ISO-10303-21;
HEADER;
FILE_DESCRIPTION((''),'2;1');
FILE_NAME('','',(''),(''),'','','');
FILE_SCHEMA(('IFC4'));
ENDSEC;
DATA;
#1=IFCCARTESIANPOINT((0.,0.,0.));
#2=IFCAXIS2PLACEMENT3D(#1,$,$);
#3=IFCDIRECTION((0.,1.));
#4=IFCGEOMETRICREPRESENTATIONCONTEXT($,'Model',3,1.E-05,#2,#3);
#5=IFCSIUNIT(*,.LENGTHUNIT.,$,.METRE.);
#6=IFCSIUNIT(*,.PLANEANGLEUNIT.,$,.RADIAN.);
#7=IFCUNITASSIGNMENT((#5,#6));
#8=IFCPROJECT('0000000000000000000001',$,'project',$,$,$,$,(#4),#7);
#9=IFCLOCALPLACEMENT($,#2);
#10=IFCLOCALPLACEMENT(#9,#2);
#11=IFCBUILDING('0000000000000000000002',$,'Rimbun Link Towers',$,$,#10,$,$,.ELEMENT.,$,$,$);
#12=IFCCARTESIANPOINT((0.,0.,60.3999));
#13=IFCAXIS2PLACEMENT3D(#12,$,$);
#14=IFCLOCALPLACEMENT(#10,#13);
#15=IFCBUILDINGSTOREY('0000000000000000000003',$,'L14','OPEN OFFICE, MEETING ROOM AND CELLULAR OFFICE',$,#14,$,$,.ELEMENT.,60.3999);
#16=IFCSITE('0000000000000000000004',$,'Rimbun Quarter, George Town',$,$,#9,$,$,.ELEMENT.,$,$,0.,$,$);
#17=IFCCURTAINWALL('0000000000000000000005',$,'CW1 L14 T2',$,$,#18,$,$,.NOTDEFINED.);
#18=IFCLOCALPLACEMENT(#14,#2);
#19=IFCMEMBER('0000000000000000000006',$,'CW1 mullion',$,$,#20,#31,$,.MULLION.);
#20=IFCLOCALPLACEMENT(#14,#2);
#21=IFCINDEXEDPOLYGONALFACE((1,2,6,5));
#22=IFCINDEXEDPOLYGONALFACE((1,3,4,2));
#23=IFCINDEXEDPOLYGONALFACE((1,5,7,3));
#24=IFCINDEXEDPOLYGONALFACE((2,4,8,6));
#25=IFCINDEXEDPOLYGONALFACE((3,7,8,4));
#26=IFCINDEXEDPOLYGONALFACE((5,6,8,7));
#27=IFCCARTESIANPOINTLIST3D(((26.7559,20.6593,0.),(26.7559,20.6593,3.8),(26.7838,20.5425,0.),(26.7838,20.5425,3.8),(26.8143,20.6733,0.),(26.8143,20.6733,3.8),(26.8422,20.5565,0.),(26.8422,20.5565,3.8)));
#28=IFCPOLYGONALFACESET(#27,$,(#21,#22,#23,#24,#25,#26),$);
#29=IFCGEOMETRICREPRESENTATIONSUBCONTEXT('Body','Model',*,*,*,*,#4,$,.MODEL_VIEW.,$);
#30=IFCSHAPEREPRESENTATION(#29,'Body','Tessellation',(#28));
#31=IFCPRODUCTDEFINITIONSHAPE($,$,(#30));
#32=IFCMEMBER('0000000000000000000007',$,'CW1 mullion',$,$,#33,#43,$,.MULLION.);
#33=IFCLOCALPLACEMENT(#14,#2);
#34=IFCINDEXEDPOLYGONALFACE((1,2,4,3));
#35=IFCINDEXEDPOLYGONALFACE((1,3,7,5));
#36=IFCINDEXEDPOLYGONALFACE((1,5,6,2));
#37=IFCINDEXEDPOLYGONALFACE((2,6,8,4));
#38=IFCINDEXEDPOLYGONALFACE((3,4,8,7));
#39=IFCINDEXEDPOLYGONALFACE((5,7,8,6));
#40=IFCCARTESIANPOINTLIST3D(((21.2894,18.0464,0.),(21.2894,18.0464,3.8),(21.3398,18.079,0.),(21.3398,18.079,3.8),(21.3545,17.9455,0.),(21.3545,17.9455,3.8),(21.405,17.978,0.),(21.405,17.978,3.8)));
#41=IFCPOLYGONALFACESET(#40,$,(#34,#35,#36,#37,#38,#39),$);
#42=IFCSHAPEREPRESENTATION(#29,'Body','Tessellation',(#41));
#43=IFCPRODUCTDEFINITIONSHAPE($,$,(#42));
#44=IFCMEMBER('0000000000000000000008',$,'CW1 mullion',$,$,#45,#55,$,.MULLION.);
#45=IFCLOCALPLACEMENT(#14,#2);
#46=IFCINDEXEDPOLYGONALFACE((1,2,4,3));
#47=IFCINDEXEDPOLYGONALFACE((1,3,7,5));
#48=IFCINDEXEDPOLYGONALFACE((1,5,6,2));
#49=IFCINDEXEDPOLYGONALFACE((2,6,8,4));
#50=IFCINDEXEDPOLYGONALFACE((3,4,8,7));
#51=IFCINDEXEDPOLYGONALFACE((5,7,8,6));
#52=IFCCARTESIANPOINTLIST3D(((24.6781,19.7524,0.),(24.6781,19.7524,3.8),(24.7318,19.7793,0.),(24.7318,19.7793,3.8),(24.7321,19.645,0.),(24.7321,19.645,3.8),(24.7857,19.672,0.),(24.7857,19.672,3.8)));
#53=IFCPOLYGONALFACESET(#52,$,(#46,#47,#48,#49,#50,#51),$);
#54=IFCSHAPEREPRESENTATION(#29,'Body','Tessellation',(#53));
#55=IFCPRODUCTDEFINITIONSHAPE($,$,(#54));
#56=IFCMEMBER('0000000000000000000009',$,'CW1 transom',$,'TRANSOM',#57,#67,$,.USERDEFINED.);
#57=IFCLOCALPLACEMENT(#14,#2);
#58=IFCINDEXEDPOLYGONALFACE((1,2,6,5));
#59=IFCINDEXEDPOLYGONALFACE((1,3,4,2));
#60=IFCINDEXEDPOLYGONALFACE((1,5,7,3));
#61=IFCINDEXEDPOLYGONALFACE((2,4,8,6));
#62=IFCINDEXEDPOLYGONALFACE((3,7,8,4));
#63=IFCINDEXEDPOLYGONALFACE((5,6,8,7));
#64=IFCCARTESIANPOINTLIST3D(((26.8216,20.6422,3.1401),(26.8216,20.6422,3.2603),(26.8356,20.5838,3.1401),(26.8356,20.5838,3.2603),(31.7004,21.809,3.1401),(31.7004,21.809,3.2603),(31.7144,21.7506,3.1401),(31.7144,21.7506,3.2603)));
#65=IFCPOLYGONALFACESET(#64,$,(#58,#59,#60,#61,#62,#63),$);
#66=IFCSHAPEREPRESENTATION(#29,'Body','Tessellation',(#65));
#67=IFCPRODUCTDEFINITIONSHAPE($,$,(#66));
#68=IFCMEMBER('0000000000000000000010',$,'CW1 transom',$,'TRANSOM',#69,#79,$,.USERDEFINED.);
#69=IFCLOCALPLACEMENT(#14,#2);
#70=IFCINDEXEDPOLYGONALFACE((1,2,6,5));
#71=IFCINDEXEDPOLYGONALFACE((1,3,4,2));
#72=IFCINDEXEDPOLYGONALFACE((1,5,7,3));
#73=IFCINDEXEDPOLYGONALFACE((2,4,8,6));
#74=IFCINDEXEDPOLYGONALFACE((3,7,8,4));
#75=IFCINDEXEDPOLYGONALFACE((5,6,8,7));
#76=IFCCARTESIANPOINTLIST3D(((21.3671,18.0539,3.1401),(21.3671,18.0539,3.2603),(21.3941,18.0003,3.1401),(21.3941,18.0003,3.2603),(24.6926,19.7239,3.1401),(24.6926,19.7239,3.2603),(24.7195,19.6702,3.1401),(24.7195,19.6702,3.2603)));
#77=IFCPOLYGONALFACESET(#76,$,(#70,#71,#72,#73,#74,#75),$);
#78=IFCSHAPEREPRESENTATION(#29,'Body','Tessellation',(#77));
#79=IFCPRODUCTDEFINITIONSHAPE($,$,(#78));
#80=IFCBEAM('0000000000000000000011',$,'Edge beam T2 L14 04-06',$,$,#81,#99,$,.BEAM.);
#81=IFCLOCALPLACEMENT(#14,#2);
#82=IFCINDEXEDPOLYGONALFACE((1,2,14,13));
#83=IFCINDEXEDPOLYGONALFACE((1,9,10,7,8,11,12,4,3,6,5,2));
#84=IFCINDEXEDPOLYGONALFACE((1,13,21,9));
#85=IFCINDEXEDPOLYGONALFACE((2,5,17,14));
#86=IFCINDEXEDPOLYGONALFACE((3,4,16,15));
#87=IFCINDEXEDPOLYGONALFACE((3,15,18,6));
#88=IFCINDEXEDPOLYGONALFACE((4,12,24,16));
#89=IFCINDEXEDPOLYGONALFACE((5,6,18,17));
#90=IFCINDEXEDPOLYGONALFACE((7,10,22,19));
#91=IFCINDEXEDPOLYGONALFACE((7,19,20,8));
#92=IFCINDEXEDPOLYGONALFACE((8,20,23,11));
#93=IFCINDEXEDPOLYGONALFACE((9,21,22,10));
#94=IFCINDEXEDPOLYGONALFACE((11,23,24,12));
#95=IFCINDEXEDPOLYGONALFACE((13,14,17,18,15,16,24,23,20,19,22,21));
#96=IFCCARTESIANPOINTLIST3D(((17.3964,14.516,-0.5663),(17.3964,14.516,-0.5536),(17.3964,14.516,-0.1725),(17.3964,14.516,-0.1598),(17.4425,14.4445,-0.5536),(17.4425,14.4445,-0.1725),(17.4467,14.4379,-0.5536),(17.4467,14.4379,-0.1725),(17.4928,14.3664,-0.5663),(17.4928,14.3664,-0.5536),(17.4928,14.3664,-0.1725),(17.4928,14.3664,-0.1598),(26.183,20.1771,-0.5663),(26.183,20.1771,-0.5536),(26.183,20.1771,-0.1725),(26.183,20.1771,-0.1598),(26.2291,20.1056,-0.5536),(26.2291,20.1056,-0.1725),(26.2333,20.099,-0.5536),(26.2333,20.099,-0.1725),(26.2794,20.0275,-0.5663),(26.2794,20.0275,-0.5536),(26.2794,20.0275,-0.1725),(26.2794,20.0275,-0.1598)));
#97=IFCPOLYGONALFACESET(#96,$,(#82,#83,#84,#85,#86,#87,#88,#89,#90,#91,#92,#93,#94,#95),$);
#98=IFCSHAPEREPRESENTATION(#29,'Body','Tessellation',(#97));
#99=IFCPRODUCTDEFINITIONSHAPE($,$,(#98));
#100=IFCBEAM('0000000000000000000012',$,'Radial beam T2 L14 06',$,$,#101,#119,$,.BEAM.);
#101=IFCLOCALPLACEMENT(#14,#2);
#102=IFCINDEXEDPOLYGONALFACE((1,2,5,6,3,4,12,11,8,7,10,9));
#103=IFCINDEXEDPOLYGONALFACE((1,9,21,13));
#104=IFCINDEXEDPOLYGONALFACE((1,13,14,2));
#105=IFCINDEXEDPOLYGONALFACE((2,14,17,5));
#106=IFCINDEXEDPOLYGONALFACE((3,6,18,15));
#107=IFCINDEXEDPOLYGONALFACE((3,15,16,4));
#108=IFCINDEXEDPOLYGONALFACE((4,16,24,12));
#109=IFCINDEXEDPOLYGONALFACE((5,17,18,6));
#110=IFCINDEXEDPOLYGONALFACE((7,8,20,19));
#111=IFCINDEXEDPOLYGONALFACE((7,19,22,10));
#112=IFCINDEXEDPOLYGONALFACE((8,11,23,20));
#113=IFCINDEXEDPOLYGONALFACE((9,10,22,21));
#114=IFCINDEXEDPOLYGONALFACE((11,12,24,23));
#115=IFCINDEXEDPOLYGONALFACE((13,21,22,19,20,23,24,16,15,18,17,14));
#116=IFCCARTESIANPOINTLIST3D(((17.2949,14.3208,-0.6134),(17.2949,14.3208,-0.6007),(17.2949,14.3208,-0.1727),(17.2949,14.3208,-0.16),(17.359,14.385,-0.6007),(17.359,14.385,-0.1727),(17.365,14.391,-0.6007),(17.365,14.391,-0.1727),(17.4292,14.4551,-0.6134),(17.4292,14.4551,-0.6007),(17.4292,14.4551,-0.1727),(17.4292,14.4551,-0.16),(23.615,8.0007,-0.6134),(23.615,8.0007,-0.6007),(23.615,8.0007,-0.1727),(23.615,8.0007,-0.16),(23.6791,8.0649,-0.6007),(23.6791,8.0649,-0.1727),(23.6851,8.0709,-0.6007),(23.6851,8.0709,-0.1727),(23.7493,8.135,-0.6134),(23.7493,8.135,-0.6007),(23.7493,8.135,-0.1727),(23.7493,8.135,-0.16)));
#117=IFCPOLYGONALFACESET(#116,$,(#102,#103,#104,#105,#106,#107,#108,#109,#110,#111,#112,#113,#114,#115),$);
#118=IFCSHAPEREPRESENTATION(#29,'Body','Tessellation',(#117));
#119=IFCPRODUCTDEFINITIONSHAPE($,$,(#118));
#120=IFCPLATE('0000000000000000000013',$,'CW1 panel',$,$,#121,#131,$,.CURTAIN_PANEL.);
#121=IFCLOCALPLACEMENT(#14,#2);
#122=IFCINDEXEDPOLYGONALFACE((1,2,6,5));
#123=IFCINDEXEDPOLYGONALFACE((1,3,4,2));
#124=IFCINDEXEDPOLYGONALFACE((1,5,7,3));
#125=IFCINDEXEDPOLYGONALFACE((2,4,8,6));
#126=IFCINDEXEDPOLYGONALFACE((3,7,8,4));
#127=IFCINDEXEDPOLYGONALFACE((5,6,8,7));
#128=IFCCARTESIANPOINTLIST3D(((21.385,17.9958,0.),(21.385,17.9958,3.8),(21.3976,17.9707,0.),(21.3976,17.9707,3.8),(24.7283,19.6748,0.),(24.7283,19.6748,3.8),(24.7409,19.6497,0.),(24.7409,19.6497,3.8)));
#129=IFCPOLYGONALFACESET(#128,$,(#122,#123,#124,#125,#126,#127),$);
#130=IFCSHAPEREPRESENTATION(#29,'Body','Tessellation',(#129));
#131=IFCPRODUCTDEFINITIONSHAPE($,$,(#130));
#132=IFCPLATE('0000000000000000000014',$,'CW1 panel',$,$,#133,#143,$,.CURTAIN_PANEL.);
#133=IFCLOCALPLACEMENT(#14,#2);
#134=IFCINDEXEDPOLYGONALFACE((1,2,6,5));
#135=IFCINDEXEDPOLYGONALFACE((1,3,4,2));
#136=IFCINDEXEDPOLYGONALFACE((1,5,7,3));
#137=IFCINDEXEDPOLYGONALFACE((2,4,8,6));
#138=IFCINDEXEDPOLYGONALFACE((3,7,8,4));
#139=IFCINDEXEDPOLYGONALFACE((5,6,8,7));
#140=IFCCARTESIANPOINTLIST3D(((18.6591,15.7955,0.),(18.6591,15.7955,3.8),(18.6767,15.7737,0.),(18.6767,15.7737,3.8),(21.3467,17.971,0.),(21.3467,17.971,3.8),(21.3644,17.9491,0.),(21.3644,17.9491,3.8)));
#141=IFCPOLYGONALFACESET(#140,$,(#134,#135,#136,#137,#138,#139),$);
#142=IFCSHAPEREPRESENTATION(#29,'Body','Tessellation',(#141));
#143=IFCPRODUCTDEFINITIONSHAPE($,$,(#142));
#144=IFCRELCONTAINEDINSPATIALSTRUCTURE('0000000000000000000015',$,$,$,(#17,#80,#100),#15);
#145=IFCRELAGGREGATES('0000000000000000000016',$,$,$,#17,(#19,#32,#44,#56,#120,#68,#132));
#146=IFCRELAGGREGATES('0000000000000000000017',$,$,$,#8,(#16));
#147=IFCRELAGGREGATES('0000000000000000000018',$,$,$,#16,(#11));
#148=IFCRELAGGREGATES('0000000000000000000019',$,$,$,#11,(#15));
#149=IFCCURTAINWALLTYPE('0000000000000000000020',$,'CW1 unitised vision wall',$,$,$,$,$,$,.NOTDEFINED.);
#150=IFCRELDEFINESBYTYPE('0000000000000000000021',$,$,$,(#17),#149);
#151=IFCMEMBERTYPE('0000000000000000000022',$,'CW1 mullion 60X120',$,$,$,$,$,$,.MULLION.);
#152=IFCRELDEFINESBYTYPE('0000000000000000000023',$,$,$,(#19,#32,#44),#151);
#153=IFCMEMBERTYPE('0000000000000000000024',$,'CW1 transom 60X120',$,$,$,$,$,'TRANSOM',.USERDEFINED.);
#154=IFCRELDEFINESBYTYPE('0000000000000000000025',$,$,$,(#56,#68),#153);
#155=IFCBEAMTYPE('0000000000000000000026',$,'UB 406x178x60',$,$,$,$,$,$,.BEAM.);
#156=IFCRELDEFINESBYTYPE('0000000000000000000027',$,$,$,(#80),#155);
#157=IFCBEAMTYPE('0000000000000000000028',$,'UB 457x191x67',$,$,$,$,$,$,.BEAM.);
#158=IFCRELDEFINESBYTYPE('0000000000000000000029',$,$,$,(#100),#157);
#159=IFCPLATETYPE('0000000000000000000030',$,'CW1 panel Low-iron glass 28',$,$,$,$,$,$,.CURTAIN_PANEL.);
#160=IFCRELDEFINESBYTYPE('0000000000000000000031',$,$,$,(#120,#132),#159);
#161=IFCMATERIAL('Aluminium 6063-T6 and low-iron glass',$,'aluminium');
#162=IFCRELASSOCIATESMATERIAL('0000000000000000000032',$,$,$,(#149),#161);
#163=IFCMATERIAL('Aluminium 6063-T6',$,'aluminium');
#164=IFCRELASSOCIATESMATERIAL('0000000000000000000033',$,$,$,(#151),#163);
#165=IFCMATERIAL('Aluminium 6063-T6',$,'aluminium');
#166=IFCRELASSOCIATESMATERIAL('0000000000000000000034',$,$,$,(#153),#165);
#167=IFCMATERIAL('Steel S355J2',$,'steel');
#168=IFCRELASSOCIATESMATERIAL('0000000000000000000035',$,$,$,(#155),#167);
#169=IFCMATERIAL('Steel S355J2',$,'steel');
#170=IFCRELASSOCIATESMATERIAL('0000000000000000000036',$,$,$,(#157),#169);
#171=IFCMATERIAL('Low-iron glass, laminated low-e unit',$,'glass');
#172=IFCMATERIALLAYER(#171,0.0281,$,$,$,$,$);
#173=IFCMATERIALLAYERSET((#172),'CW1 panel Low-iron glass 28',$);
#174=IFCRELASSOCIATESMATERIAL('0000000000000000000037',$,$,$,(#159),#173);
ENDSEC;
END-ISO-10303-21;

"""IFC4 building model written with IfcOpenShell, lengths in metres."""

from ifc_helpers import new_model, si_unit, direction, frame, origin, origin_2d, place, context, subcontext, project, spatial, rectangle, i_section, extrude, material, layer, layer_set, material_profile, profile_set, type_object, element, aggregate, save


model = new_model("IFC4")

# Units and contexts
model_context = context("Model", 3, precision=1e-05, world=origin(), true_north=direction((0.0, 1.0)))
body_context = subcontext(model_context, "Body", "Model", "MODEL_VIEW")
ifc_project = project(units=[si_unit("LENGTHUNIT", "METRE"), si_unit("PLANEANGLEUNIT", "RADIAN")], contexts=[model_context])

# Site, building, storey
site_placement = place(None, origin())
site = spatial("IfcSite", under=ifc_project, at=site_placement, Name="Rimbun Quarter, George Town", CompositionType="ELEMENT", RefElevation=0.0)
building_placement = place(site_placement, origin())
building = spatial("IfcBuilding", under=site, at=building_placement, Name="Rimbun Link Towers", CompositionType="ELEMENT")
storey_placement = place(building_placement, frame((0.0, 0.0, 60.3999)))
storey = spatial("IfcBuildingStorey", under=building, at=storey_placement, Name="L14", Description="OPEN OFFICE, MEETING ROOM AND CELLULAR OFFICE", CompositionType="ELEMENT", Elevation=60.3999)

# Curtain wall, members
ifc_material_1 = material(Name="Aluminium 6063-T6 and low-iron glass", Category="aluminium")
curtain_wall_type = type_object("IfcCurtainWallType", Name="CW1 unitised vision wall", PredefinedType="NOTDEFINED", material=ifc_material_1)
curtain_wall_placement = place(storey_placement, origin())
curtain_wall = element("IfcCurtainWall", 1, at=curtain_wall_placement, inside=storey, type_object=curtain_wall_type, Name="CW1 L14 T2", PredefinedType="NOTDEFINED")
ifc_material_2 = material(Name="Aluminium 6063-T6", Category="aluminium")
ifc_material_profile_1 = material_profile(ifc_material_2, rectangle(XDim=0.1201, YDim=0.0601, at=origin_2d()), Name="MULLION 60X120")
ifc_profile_set_1 = profile_set([ifc_material_profile_1], Name="Aluminium 6063-T6")
member_type_1 = type_object("IfcMemberType", Name="CW1 mullion 60X120", PredefinedType="MULLION", material=ifc_profile_set_1)
member_1_placement = place(storey_placement, frame((26.7991, 20.6079, 0.0), z_axis=(0.0, 0.0, 1.0), x_axis=(-0.232603, 0.972572, 0.0)))
member_1 = element("IfcMember", 2, at=member_1_placement, type_object=member_type_1, Name="CW1 mullion", PredefinedType="MULLION", context=body_context, shape_type="SweptSolid", body=[
    extrude(rectangle(XDim=0.1201, YDim=0.0601, at=origin_2d()), origin(), (0.0, 0.0, 1.0), 3.8),
])
member_2_placement = place(storey_placement, frame((21.3472, 18.0122, 0.0), z_axis=(0.0, 0.0, 1.0), x_axis=(-0.542105, 0.840311, 0.0)))
member_2 = element("IfcMember", 3, at=member_2_placement, type_object=member_type_1, Name="CW1 mullion", PredefinedType="MULLION", context=body_context, shape_type="SweptSolid", body=[
    extrude(rectangle(XDim=0.1201, YDim=0.0601, at=origin_2d()), origin(), (0.0, 0.0, 1.0), 3.8),
])
member_3_placement = place(storey_placement, frame((24.7319, 19.7122, 0.0), z_axis=(0.0, 0.0, 1.0), x_axis=(-0.448789, 0.893638, 0.0)))
member_3 = element("IfcMember", 4, at=member_3_placement, type_object=member_type_1, Name="CW1 mullion", PredefinedType="MULLION", context=body_context, shape_type="SweptSolid", body=[
    extrude(rectangle(XDim=0.1201, YDim=0.0601, at=origin_2d()), origin(), (0.0, 0.0, 1.0), 3.8),
])
ifc_material_3 = material(Name="Aluminium 6063-T6", Category="aluminium")
ifc_material_profile_2 = material_profile(ifc_material_3, rectangle(XDim=0.0601, YDim=0.1201, at=origin_2d()), Name="TRANSOM 60X120")
ifc_profile_set_2 = profile_set([ifc_material_profile_2], Name="Aluminium 6063-T6")
member_type_2 = type_object("IfcMemberType", Name="CW1 transom 60X120", ElementType="TRANSOM", PredefinedType="USERDEFINED", material=ifc_profile_set_2)
member_4_placement = place(storey_placement, frame((26.8286, 20.613, 3.2002), z_axis=(0.972574, 0.232594, 0.0), x_axis=(-0.232594, 0.972574, 0.0)))
member_4 = element("IfcMember", 5, at=member_4_placement, type_object=member_type_2, Name="CW1 transom", ObjectType="TRANSOM", PredefinedType="USERDEFINED", context=body_context, shape_type="SweptSolid", body=[
    extrude(rectangle(XDim=0.0601, YDim=0.1201, at=origin_2d()), origin(), (0.0, 0.0, 1.0), 5.0164),
])
member_5_placement = place(storey_placement, frame((21.3806, 18.0271, 3.2002), z_axis=(0.893652, 0.448761, 0.0), x_axis=(-0.448761, 0.893652, 0.0)))
member_5 = element("IfcMember", 6, at=member_5_placement, type_object=member_type_2, Name="CW1 transom", ObjectType="TRANSOM", PredefinedType="USERDEFINED", context=body_context, shape_type="SweptSolid", body=[
    extrude(rectangle(XDim=0.0601, YDim=0.1201, at=origin_2d()), origin(), (0.0, 0.0, 1.0), 3.7212),
])

# Beams
ifc_material_4 = material(Name="Steel S355J2", Category="steel")
ifc_material_profile_3 = material_profile(ifc_material_4, i_section(OverallWidth=0.178, OverallDepth=0.4065, WebThickness=0.0078, FlangeThickness=0.0127, at=origin_2d()), Name="UB 406x178x60")
ifc_profile_set_3 = profile_set([ifc_material_profile_3], Name="Steel S355J2")
beam_type_1 = type_object("IfcBeamType", Name="UB 406x178x60", PredefinedType="BEAM", material=ifc_profile_set_3)
beam_1_placement = place(storey_placement, frame((26.2312, 20.1023, -0.363), z_axis=(-0.84063, -0.54161, 0.0), x_axis=(0.54161, -0.84063, 0.0)))
element("IfcBeam", 7, at=beam_1_placement, inside=storey, type_object=beam_type_1, Name="Edge beam T2 L14 04-06", PredefinedType="BEAM", context=body_context, shape_type="SweptSolid", body=[
    extrude(i_section(OverallWidth=0.178, OverallDepth=0.4065, WebThickness=0.0078, FlangeThickness=0.0127, at=origin_2d()), origin(), (0.0, 0.0, 1.0), 10.4524),
])
ifc_material_5 = material(Name="Steel S355J2", Category="steel")
ifc_material_profile_4 = material_profile(ifc_material_5, i_section(OverallWidth=0.1899, OverallDepth=0.4534, WebThickness=0.0085, FlangeThickness=0.0127, at=origin_2d()), Name="UB 457x191x67")
ifc_profile_set_4 = profile_set([ifc_material_profile_4], Name="Steel S355J2")
beam_type_2 = type_object("IfcBeamType", Name="UB 457x191x67", PredefinedType="BEAM", material=ifc_profile_set_4)
beam_2_placement = place(storey_placement, frame((23.6821, 8.0679, -0.3867), z_axis=(-0.707107, 0.707107, 0.0), x_axis=(-0.707107, -0.707107, 0.0)))
element("IfcBeam", 8, at=beam_2_placement, inside=storey, type_object=beam_type_2, Name="Radial beam T2 L14 06", PredefinedType="BEAM", context=body_context, shape_type="SweptSolid", body=[
    extrude(i_section(OverallWidth=0.1899, OverallDepth=0.4534, WebThickness=0.0085, FlangeThickness=0.0127, at=origin_2d()), origin(), (0.0, 0.0, 1.0), 8.938),
])

# Plates
ifc_material_6 = material(Name="Low-iron glass, laminated low-e unit", Category="glass")
ifc_layer_1 = layer(ifc_material_6, 0.0281)
ifc_layer_set_1 = layer_set([ifc_layer_1], Name="CW1 panel Low-iron glass 28")
plate_type = type_object("IfcPlateType", Name="CW1 panel Low-iron glass 28", PredefinedType="CURTAIN_PANEL", material=ifc_layer_set_1)
plate_1_placement = place(storey_placement, frame((23.063, 18.8228, 0.0), z_axis=(0.0, 0.0, 1.0), x_axis=(0.893638, 0.448789, 0.0)))
plate_1 = element("IfcPlate", 9, at=plate_1_placement, type_object=plate_type, Name="CW1 panel", PredefinedType="CURTAIN_PANEL", context=body_context, shape_type="SweptSolid", body=[
    extrude(rectangle(XDim=3.7412, YDim=0.0281, at=origin_2d()), origin(), (0.0, 0.0, 1.0), 3.8),
])
plate_2_placement = place(storey_placement, frame((20.0117, 16.8723, 0.0), z_axis=(0.0, 0.0, 1.0), x_axis=(0.777277, 0.629158, 0.0)))
plate_2 = element("IfcPlate", 10, at=plate_2_placement, type_object=plate_type, Name="CW1 panel", PredefinedType="CURTAIN_PANEL", context=body_context, shape_type="SweptSolid", body=[
    extrude(rectangle(XDim=3.4578, YDim=0.0281, at=origin_2d()), origin(), (0.0, 0.0, 1.0), 3.8),
])
aggregate(curtain_wall, [member_1, member_2, member_3, member_4, plate_1, member_5, plate_2])

save(model, "model.ifc")
